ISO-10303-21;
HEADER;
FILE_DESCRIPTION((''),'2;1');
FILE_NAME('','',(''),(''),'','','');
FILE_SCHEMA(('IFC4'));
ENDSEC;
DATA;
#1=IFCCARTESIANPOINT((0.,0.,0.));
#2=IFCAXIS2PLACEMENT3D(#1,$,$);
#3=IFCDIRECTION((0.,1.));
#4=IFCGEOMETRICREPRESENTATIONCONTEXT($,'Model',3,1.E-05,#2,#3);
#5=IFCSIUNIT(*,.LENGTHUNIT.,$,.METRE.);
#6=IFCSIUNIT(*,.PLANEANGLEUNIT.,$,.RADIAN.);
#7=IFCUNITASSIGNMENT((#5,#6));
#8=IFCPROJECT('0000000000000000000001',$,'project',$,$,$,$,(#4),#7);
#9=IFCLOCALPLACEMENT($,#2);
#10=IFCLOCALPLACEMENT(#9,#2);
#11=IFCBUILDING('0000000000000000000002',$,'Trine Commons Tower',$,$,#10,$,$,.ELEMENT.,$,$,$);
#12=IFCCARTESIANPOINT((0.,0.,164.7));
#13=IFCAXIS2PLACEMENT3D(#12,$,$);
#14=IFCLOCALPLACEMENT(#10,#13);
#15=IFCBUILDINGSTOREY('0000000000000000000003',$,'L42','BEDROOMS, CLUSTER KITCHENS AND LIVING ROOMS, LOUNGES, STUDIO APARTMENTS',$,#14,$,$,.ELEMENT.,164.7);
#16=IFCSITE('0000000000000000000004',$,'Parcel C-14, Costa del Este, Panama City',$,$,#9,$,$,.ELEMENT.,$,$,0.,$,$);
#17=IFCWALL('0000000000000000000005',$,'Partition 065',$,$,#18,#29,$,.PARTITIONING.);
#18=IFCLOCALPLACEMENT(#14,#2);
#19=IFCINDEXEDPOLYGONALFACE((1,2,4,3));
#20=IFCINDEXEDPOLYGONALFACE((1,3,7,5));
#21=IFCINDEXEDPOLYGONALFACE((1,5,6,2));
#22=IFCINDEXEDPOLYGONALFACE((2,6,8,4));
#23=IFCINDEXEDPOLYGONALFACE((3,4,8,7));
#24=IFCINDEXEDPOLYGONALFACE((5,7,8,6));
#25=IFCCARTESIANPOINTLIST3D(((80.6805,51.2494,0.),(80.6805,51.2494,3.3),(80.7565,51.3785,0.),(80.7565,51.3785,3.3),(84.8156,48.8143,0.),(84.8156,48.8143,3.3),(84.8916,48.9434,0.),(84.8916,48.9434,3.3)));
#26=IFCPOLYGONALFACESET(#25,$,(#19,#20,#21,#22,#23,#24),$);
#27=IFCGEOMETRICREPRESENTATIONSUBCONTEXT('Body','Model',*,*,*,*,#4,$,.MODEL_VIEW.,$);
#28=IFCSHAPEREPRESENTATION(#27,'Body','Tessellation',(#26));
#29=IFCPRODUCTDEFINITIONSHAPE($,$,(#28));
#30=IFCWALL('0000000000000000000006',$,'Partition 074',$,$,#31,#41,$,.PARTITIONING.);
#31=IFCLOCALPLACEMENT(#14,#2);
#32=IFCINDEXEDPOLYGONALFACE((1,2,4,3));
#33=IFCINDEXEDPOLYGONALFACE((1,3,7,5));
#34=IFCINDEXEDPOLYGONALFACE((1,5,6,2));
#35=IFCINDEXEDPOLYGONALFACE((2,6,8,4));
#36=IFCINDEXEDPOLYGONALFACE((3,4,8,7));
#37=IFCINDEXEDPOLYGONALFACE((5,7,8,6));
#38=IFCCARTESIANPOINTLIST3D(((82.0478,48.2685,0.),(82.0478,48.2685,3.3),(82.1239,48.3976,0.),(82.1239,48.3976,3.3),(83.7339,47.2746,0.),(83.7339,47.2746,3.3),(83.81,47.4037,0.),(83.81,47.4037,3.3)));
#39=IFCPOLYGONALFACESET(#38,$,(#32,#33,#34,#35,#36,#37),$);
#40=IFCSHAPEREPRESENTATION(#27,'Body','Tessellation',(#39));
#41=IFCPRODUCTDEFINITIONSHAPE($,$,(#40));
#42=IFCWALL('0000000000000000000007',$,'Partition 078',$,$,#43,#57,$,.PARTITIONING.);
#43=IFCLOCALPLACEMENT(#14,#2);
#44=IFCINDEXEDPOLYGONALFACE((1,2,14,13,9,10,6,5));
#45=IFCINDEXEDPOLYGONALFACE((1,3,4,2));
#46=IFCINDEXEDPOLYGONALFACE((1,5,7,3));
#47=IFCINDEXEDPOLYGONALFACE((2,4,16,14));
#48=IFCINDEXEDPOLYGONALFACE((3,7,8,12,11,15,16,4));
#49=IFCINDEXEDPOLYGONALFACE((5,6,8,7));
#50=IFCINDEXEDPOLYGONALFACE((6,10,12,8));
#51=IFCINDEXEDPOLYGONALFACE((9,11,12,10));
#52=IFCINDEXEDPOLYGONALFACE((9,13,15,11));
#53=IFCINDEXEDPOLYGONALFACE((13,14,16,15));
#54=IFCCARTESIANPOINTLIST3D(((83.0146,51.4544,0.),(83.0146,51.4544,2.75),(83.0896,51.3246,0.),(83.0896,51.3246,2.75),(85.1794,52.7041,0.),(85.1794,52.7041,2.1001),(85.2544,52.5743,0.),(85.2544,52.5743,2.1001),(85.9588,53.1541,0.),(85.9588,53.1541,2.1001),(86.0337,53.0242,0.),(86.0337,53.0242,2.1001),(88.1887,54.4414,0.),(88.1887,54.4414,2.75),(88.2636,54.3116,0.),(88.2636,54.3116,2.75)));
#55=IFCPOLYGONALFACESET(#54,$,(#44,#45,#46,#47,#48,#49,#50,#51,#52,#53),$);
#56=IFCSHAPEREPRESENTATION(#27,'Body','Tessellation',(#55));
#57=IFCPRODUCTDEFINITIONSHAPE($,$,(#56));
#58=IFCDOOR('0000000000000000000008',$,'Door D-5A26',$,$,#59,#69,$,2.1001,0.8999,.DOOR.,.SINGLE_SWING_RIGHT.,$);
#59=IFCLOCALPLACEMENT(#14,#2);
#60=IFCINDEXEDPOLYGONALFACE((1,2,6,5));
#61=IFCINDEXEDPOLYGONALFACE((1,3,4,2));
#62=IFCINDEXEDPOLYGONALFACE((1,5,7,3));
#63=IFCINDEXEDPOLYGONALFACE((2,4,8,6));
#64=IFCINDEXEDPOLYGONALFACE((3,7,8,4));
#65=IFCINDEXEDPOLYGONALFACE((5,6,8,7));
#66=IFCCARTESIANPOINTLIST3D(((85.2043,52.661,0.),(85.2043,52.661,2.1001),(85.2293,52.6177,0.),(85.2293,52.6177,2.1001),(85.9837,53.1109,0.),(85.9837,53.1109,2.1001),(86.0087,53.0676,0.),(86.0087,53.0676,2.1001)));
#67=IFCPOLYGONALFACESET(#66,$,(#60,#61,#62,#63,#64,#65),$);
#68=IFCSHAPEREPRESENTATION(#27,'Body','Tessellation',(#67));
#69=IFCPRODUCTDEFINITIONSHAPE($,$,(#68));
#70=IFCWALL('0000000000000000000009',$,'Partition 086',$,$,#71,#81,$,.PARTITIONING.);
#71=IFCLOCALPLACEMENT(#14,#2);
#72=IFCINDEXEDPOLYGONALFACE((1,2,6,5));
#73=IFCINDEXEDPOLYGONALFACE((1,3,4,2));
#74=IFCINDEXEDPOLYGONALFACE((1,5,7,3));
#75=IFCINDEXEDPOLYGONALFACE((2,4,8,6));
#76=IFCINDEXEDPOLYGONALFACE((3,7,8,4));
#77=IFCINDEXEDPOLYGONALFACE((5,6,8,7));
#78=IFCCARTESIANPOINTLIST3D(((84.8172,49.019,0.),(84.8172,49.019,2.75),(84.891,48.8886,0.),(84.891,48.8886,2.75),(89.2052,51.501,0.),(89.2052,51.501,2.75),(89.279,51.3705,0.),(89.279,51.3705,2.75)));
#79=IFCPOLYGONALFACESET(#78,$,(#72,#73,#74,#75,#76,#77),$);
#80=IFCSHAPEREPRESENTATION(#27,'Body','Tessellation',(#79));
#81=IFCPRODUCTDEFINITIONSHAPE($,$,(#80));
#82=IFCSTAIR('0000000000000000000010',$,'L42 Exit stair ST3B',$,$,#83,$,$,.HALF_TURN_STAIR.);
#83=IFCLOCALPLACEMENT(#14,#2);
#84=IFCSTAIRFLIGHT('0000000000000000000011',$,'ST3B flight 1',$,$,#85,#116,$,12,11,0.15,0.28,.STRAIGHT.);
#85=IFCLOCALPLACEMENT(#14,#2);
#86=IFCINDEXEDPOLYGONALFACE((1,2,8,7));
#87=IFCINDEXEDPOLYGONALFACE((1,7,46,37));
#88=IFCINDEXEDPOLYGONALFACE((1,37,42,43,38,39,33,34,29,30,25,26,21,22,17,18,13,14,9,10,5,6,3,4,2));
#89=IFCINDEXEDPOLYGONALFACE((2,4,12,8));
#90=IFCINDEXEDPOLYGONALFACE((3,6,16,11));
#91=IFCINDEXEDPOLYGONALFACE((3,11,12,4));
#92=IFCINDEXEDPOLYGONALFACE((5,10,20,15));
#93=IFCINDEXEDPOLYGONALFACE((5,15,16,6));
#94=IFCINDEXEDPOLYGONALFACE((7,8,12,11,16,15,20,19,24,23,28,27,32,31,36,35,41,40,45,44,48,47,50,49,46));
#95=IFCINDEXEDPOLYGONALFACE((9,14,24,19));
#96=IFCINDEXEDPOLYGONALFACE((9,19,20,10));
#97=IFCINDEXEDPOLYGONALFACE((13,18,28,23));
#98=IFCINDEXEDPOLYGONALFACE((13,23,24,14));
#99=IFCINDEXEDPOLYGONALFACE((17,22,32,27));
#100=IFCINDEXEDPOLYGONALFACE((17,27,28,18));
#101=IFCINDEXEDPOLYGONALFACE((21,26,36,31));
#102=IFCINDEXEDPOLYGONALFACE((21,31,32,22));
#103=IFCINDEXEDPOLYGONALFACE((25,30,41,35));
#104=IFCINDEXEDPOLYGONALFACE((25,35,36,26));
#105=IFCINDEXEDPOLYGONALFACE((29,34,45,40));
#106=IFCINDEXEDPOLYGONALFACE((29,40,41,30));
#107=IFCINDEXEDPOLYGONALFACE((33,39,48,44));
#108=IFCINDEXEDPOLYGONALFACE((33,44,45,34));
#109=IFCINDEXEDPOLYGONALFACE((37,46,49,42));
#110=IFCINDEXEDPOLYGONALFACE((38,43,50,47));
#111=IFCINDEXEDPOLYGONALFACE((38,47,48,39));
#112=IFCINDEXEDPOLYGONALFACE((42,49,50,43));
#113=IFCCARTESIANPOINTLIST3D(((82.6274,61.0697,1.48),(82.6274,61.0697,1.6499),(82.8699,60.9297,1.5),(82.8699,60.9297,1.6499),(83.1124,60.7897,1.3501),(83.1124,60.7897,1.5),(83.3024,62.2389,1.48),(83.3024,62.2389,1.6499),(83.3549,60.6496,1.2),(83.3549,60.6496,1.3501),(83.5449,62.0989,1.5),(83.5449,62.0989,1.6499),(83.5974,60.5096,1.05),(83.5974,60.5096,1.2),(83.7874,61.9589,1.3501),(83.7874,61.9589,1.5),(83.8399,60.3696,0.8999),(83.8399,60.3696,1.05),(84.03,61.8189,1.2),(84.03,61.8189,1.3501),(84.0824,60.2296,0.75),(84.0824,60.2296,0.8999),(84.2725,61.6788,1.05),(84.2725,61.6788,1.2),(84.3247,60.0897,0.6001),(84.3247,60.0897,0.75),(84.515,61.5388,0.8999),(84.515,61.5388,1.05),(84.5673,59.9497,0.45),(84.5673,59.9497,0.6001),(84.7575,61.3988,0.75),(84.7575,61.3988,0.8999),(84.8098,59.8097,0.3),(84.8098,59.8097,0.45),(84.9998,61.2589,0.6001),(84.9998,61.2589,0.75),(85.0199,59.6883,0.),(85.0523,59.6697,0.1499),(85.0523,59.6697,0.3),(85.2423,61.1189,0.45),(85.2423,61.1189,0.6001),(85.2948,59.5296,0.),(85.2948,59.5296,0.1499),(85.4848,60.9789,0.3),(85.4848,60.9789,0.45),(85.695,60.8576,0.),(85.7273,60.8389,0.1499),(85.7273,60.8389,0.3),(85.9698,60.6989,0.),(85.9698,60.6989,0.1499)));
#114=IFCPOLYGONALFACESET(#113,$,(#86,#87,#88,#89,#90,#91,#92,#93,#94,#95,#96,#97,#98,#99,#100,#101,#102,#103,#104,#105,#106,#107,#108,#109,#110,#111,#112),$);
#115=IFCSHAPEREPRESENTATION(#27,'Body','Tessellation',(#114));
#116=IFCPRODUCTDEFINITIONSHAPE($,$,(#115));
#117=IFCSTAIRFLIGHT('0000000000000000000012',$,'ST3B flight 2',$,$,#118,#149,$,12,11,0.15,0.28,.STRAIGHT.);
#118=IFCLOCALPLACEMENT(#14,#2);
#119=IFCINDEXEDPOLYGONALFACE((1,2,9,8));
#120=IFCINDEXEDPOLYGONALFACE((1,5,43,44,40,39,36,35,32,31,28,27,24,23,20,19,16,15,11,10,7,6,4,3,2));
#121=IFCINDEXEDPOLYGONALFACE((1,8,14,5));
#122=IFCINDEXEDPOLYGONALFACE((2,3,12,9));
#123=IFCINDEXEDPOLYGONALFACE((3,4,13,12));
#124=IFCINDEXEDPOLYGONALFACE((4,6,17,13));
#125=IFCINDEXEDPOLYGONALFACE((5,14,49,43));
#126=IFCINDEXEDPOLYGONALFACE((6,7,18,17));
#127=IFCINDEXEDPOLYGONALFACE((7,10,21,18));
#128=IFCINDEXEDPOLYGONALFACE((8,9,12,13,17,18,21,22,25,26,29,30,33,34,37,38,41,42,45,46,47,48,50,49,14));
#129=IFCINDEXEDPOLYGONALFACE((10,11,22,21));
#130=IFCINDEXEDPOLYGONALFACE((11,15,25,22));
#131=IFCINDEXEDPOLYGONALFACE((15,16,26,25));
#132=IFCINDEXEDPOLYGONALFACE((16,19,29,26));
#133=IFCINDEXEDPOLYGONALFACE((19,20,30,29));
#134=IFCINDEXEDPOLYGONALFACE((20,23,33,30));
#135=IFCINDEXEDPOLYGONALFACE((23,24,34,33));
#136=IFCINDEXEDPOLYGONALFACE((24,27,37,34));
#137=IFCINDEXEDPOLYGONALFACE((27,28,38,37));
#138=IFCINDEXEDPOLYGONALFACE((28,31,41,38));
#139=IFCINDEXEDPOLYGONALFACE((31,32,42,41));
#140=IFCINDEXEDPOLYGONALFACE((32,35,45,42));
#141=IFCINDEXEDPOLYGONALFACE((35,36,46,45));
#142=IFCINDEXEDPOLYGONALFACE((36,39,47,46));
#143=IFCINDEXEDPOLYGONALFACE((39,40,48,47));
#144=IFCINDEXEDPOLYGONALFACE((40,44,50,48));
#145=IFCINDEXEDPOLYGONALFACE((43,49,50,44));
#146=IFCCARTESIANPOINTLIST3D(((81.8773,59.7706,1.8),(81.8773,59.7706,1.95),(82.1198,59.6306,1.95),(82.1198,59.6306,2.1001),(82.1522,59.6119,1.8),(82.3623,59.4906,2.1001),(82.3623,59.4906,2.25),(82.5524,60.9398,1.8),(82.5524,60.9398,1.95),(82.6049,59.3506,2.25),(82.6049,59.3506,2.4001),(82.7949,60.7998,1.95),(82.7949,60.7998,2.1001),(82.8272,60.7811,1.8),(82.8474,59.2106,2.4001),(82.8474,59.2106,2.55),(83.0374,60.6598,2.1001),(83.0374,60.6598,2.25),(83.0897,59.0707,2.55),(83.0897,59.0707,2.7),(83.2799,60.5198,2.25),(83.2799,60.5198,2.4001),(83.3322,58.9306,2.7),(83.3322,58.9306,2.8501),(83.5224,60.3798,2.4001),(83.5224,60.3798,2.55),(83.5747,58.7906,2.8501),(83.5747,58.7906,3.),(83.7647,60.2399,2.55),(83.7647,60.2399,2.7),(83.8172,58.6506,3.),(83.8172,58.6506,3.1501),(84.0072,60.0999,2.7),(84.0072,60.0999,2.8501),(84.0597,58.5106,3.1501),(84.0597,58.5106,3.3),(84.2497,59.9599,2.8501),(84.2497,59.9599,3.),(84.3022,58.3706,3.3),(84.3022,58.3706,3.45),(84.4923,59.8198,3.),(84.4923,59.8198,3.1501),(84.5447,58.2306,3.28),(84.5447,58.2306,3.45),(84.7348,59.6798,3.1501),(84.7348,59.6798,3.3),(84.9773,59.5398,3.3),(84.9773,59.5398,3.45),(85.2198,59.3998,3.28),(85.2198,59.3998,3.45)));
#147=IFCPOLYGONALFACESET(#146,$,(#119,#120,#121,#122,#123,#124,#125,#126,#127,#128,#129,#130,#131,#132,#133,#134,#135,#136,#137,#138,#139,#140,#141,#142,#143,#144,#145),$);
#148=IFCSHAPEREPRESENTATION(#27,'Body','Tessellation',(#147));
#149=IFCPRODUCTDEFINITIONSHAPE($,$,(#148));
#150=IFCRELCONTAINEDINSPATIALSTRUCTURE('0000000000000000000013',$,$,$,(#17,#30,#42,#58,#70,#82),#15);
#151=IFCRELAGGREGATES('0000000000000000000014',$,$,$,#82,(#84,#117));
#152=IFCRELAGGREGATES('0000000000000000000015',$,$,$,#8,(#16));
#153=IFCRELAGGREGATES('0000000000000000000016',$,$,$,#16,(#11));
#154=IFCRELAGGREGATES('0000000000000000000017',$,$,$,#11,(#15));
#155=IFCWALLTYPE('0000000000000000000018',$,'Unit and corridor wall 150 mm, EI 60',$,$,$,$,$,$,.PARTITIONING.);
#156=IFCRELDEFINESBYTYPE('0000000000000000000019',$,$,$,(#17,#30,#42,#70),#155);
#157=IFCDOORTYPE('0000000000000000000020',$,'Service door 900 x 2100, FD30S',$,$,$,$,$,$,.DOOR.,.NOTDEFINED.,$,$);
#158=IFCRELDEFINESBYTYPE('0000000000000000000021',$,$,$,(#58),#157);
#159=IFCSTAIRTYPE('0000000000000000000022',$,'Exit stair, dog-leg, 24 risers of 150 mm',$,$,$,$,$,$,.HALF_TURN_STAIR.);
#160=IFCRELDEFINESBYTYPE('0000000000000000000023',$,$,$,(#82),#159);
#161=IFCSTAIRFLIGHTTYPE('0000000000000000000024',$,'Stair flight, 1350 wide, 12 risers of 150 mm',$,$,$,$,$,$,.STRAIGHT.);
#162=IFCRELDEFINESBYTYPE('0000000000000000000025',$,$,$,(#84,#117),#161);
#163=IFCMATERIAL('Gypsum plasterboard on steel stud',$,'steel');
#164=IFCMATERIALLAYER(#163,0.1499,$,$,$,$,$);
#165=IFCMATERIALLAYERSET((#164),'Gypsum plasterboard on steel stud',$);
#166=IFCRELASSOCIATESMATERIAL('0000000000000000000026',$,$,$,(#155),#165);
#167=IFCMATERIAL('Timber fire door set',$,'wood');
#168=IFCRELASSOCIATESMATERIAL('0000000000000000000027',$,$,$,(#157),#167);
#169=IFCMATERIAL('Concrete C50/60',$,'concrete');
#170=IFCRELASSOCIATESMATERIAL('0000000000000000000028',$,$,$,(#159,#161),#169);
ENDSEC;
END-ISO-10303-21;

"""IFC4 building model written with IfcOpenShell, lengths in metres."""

from ifc_helpers import new_model, si_unit, direction, frame, frame_2d, origin, place, context, subcontext, project, spatial, polyline, rectangle, outline, extrude, material, layer, layer_set, type_object, element, fill, aggregate, save


model = new_model("IFC4")

# Units and contexts
model_context = context("Model", 3, precision=1e-05, world=origin(), true_north=direction((0.0, 1.0)))
body_context = subcontext(model_context, "Body", "Model", "MODEL_VIEW")
ifc_project = project(units=[si_unit("LENGTHUNIT", "METRE"), si_unit("PLANEANGLEUNIT", "RADIAN")], contexts=[model_context])

# Site, building, storey
site_placement = place(None, origin())
site = spatial("IfcSite", under=ifc_project, at=site_placement, Name="Parcel C-14, Costa del Este, Panama City", CompositionType="ELEMENT", RefElevation=0.0)
building_placement = place(site_placement, origin())
building = spatial("IfcBuilding", under=site, at=building_placement, Name="Trine Commons Tower", CompositionType="ELEMENT")
storey_placement = place(building_placement, frame((0.0, 0.0, 164.7)))
storey = spatial("IfcBuildingStorey", under=building, at=storey_placement, Name="L42", Description="BEDROOMS, CLUSTER KITCHENS AND LIVING ROOMS, LOUNGES, STUDIO APARTMENTS", CompositionType="ELEMENT", Elevation=164.7)

# Walls
ifc_material_1 = material(Name="Gypsum plasterboard on steel stud", Category="steel")
ifc_layer_1 = layer(ifc_material_1, 0.1499)
ifc_layer_set_1 = layer_set([ifc_layer_1], Name="Gypsum plasterboard on steel stud")
wall_type_1 = type_object("IfcWallType", Name="Unit and corridor wall 150 mm, EI 60", PredefinedType="PARTITIONING", material=ifc_layer_set_1)
wall_1_placement = place(storey_placement, frame((80.7185, 51.314, 0.0), z_axis=(0.0, 0.0, 1.0), x_axis=(0.861688, -0.507438, 0.0)))
element("IfcWall", 1, at=wall_1_placement, inside=storey, type_object=wall_type_1, Name="Partition 065", PredefinedType="PARTITIONING", context=body_context, shape_type="SweptSolid", body=[
    extrude(rectangle(XDim=4.7988, YDim=0.1499, at=frame_2d((2.3994, 0.0))), origin(), (0.0, 0.0, 1.0), 3.3),
])
wall_2_placement = place(storey_placement, frame((82.0859, 48.333, 0.0), z_axis=(0.0, 0.0, 1.0), x_axis=(0.861462, -0.507821, 0.0)))
element("IfcWall", 2, at=wall_2_placement, inside=storey, type_object=wall_type_1, Name="Partition 074", PredefinedType="PARTITIONING", context=body_context, shape_type="SweptSolid", body=[
    extrude(rectangle(XDim=1.9573, YDim=0.1499, at=frame_2d((0.9785, 0.0))), origin(), (0.0, 0.0, 1.0), 3.3),
])

# Wall, opening, door
wall_3_placement = place(storey_placement, frame((83.052, 51.3894, 0.0), z_axis=(0.0, 0.0, 1.0), x_axis=(0.866039, 0.499976, 0.0)))
wall_3 = element("IfcWall", 3, at=wall_3_placement, inside=storey, type_object=wall_type_1, Name="Partition 078", PredefinedType="PARTITIONING", context=body_context, shape_type="SweptSolid", body=[
    extrude(rectangle(XDim=5.9744, YDim=0.1499, at=frame_2d((2.9873, 0.0))), origin(), (0.0, 0.0, 1.0), 2.75),
])
opening_1_placement = place(wall_3_placement, frame((2.4998, 0.0, 0.0)))
opening_1 = element("IfcOpeningElement", 4, at=opening_1_placement, cuts=wall_3, PredefinedType="OPENING", context=body_context, shape_type="SweptSolid", body=[
    extrude(rectangle(XDim=0.8999, YDim=2.1001, at=frame_2d((0.45, 1.05))), frame((0.0, 0.085, 0.0), z_axis=(0.0, -1.0, 0.0), x_axis=(1.0, 0.0, 0.0)), (0.0, 0.0, 1.0), 0.1699),
])
ifc_material_2 = material(Name="Timber fire door set", Category="wood")
door_type_1 = type_object("IfcDoorType", Name="Service door 900 x 2100, FD30S", OperationType="NOTDEFINED", PredefinedType="DOOR", material=ifc_material_2)
door_1_placement = place(opening_1_placement, frame((0.8999, 0.0, 0.0), z_axis=(0.0, 0.0, 1.0), x_axis=(-1.0, 0.0, 0.0)))
door_1 = element("IfcDoor", 5, at=door_1_placement, inside=storey, type_object=door_type_1, Name="Door D-5A26", OperationType="SINGLE_SWING_RIGHT", OverallHeight=2.1001, OverallWidth=0.8999, PredefinedType="DOOR", context=body_context, shape_type="SweptSolid", body=[
    extrude(rectangle(XDim=0.8999, YDim=2.1001, at=frame_2d((0.45, 1.05))), frame((0.0, 0.0249, 0.0), z_axis=(0.0, -1.0, 0.0), x_axis=(1.0, 0.0, 0.0)), (0.0, 0.0, 1.0), 0.05),
])
fill(opening_1, door_1)

# Wall
wall_4_placement = place(storey_placement, frame((84.8542, 48.9539, 0.0), z_axis=(0.0, 0.0, 1.0), x_axis=(0.87041, 0.492327, 0.0)))
element("IfcWall", 6, at=wall_4_placement, inside=storey, type_object=wall_type_1, Name="Partition 086", PredefinedType="PARTITIONING", context=body_context, shape_type="SweptSolid", body=[
    extrude(rectangle(XDim=5.0413, YDim=0.1499, at=frame_2d((2.5205, 0.0))), origin(), (0.0, 0.0, 1.0), 2.75),
])

# Stair, stair flights
ifc_material_3 = material(Name="Concrete C50/60", Category="concrete")
stair_type = type_object("IfcStairType", Name="Exit stair, dog-leg, 24 risers of 150 mm", PredefinedType="HALF_TURN_STAIR", material=ifc_material_3)
stair_placement = place(storey_placement, origin())
stair = element("IfcStair", 7, at=stair_placement, inside=storey, type_object=stair_type, Name="L42 Exit stair ST3B", PredefinedType="HALF_TURN_STAIR")
stair_flight_type = type_object("IfcStairFlightType", Name="Stair flight, 1350 wide, 12 risers of 150 mm", PredefinedType="STRAIGHT", material=ifc_material_3)
stair_flight_1_placement = place(storey_placement, frame((85.6323, 60.1143, 0.0), z_axis=(0.0, 0.0, 1.0), x_axis=(-0.866025, 0.5, 0.0)))
stair_flight_1 = element("IfcStairFlight", 8, at=stair_flight_1_placement, type_object=stair_flight_type, Name="ST3B flight 1", NumberOfRisers=12, NumberOfTreads=11, PredefinedType="STRAIGHT", RiserHeight=0.15, TreadLength=0.28, context=body_context, shape_type="SweptSolid", body=[
    extrude(outline(polyline([(0.0, 0.0), (0.0, 0.1499), (0.28, 0.1499), (0.28, 0.3), (0.5601, 0.3), (0.5601, 0.45), (0.8401, 0.45), (0.8401, 0.6001), (1.1201, 0.6001), (1.1201, 0.75), (1.3999, 0.75), (1.3999, 0.8999), (1.6799, 0.8999), (1.6799, 1.05), (1.96, 1.05), (1.96, 1.2), (2.24, 1.2), (2.24, 1.3501), (2.52, 1.3501), (2.52, 1.5), (2.8, 1.5), (2.8, 1.6499), (3.0801, 1.6499), (3.0801, 1.8), (3.0801, 1.48), (0.3174, 0.0), (0.0, 0.0)])), frame((0.0, 0.675, 0.0), z_axis=(0.0, -1.0, 0.0), x_axis=(1.0, 0.0, 0.0)), (0.0, 0.0, 1.0), 1.3501),
])
stair_flight_2_placement = place(storey_placement, frame((82.2148, 60.3552, 1.8), z_axis=(0.0, 0.0, 1.0), x_axis=(0.866025, -0.5, 0.0)))
stair_flight_2 = element("IfcStairFlight", 9, at=stair_flight_2_placement, type_object=stair_flight_type, Name="ST3B flight 2", NumberOfRisers=12, NumberOfTreads=11, PredefinedType="STRAIGHT", RiserHeight=0.15, TreadLength=0.28, context=body_context, shape_type="SweptSolid", body=[
    extrude(outline(polyline([(0.0, 0.0), (0.0, 0.1499), (0.28, 0.1499), (0.28, 0.3), (0.5601, 0.3), (0.5601, 0.45), (0.8401, 0.45), (0.8401, 0.6001), (1.1201, 0.6001), (1.1201, 0.75), (1.3999, 0.75), (1.3999, 0.8999), (1.6799, 0.8999), (1.6799, 1.05), (1.96, 1.05), (1.96, 1.2), (2.24, 1.2), (2.24, 1.3501), (2.52, 1.3501), (2.52, 1.5), (2.8, 1.5), (2.8, 1.6499), (3.0801, 1.6499), (3.0801, 1.8), (3.0801, 1.48), (0.3174, 0.0), (0.0, 0.0)])), frame((0.0, 0.675, 0.0), z_axis=(0.0, -1.0, 0.0), x_axis=(1.0, 0.0, 0.0)), (0.0, 0.0, 1.0), 1.3501),
])
aggregate(stair, [stair_flight_1, stair_flight_2])

save(model, "model.ifc")
